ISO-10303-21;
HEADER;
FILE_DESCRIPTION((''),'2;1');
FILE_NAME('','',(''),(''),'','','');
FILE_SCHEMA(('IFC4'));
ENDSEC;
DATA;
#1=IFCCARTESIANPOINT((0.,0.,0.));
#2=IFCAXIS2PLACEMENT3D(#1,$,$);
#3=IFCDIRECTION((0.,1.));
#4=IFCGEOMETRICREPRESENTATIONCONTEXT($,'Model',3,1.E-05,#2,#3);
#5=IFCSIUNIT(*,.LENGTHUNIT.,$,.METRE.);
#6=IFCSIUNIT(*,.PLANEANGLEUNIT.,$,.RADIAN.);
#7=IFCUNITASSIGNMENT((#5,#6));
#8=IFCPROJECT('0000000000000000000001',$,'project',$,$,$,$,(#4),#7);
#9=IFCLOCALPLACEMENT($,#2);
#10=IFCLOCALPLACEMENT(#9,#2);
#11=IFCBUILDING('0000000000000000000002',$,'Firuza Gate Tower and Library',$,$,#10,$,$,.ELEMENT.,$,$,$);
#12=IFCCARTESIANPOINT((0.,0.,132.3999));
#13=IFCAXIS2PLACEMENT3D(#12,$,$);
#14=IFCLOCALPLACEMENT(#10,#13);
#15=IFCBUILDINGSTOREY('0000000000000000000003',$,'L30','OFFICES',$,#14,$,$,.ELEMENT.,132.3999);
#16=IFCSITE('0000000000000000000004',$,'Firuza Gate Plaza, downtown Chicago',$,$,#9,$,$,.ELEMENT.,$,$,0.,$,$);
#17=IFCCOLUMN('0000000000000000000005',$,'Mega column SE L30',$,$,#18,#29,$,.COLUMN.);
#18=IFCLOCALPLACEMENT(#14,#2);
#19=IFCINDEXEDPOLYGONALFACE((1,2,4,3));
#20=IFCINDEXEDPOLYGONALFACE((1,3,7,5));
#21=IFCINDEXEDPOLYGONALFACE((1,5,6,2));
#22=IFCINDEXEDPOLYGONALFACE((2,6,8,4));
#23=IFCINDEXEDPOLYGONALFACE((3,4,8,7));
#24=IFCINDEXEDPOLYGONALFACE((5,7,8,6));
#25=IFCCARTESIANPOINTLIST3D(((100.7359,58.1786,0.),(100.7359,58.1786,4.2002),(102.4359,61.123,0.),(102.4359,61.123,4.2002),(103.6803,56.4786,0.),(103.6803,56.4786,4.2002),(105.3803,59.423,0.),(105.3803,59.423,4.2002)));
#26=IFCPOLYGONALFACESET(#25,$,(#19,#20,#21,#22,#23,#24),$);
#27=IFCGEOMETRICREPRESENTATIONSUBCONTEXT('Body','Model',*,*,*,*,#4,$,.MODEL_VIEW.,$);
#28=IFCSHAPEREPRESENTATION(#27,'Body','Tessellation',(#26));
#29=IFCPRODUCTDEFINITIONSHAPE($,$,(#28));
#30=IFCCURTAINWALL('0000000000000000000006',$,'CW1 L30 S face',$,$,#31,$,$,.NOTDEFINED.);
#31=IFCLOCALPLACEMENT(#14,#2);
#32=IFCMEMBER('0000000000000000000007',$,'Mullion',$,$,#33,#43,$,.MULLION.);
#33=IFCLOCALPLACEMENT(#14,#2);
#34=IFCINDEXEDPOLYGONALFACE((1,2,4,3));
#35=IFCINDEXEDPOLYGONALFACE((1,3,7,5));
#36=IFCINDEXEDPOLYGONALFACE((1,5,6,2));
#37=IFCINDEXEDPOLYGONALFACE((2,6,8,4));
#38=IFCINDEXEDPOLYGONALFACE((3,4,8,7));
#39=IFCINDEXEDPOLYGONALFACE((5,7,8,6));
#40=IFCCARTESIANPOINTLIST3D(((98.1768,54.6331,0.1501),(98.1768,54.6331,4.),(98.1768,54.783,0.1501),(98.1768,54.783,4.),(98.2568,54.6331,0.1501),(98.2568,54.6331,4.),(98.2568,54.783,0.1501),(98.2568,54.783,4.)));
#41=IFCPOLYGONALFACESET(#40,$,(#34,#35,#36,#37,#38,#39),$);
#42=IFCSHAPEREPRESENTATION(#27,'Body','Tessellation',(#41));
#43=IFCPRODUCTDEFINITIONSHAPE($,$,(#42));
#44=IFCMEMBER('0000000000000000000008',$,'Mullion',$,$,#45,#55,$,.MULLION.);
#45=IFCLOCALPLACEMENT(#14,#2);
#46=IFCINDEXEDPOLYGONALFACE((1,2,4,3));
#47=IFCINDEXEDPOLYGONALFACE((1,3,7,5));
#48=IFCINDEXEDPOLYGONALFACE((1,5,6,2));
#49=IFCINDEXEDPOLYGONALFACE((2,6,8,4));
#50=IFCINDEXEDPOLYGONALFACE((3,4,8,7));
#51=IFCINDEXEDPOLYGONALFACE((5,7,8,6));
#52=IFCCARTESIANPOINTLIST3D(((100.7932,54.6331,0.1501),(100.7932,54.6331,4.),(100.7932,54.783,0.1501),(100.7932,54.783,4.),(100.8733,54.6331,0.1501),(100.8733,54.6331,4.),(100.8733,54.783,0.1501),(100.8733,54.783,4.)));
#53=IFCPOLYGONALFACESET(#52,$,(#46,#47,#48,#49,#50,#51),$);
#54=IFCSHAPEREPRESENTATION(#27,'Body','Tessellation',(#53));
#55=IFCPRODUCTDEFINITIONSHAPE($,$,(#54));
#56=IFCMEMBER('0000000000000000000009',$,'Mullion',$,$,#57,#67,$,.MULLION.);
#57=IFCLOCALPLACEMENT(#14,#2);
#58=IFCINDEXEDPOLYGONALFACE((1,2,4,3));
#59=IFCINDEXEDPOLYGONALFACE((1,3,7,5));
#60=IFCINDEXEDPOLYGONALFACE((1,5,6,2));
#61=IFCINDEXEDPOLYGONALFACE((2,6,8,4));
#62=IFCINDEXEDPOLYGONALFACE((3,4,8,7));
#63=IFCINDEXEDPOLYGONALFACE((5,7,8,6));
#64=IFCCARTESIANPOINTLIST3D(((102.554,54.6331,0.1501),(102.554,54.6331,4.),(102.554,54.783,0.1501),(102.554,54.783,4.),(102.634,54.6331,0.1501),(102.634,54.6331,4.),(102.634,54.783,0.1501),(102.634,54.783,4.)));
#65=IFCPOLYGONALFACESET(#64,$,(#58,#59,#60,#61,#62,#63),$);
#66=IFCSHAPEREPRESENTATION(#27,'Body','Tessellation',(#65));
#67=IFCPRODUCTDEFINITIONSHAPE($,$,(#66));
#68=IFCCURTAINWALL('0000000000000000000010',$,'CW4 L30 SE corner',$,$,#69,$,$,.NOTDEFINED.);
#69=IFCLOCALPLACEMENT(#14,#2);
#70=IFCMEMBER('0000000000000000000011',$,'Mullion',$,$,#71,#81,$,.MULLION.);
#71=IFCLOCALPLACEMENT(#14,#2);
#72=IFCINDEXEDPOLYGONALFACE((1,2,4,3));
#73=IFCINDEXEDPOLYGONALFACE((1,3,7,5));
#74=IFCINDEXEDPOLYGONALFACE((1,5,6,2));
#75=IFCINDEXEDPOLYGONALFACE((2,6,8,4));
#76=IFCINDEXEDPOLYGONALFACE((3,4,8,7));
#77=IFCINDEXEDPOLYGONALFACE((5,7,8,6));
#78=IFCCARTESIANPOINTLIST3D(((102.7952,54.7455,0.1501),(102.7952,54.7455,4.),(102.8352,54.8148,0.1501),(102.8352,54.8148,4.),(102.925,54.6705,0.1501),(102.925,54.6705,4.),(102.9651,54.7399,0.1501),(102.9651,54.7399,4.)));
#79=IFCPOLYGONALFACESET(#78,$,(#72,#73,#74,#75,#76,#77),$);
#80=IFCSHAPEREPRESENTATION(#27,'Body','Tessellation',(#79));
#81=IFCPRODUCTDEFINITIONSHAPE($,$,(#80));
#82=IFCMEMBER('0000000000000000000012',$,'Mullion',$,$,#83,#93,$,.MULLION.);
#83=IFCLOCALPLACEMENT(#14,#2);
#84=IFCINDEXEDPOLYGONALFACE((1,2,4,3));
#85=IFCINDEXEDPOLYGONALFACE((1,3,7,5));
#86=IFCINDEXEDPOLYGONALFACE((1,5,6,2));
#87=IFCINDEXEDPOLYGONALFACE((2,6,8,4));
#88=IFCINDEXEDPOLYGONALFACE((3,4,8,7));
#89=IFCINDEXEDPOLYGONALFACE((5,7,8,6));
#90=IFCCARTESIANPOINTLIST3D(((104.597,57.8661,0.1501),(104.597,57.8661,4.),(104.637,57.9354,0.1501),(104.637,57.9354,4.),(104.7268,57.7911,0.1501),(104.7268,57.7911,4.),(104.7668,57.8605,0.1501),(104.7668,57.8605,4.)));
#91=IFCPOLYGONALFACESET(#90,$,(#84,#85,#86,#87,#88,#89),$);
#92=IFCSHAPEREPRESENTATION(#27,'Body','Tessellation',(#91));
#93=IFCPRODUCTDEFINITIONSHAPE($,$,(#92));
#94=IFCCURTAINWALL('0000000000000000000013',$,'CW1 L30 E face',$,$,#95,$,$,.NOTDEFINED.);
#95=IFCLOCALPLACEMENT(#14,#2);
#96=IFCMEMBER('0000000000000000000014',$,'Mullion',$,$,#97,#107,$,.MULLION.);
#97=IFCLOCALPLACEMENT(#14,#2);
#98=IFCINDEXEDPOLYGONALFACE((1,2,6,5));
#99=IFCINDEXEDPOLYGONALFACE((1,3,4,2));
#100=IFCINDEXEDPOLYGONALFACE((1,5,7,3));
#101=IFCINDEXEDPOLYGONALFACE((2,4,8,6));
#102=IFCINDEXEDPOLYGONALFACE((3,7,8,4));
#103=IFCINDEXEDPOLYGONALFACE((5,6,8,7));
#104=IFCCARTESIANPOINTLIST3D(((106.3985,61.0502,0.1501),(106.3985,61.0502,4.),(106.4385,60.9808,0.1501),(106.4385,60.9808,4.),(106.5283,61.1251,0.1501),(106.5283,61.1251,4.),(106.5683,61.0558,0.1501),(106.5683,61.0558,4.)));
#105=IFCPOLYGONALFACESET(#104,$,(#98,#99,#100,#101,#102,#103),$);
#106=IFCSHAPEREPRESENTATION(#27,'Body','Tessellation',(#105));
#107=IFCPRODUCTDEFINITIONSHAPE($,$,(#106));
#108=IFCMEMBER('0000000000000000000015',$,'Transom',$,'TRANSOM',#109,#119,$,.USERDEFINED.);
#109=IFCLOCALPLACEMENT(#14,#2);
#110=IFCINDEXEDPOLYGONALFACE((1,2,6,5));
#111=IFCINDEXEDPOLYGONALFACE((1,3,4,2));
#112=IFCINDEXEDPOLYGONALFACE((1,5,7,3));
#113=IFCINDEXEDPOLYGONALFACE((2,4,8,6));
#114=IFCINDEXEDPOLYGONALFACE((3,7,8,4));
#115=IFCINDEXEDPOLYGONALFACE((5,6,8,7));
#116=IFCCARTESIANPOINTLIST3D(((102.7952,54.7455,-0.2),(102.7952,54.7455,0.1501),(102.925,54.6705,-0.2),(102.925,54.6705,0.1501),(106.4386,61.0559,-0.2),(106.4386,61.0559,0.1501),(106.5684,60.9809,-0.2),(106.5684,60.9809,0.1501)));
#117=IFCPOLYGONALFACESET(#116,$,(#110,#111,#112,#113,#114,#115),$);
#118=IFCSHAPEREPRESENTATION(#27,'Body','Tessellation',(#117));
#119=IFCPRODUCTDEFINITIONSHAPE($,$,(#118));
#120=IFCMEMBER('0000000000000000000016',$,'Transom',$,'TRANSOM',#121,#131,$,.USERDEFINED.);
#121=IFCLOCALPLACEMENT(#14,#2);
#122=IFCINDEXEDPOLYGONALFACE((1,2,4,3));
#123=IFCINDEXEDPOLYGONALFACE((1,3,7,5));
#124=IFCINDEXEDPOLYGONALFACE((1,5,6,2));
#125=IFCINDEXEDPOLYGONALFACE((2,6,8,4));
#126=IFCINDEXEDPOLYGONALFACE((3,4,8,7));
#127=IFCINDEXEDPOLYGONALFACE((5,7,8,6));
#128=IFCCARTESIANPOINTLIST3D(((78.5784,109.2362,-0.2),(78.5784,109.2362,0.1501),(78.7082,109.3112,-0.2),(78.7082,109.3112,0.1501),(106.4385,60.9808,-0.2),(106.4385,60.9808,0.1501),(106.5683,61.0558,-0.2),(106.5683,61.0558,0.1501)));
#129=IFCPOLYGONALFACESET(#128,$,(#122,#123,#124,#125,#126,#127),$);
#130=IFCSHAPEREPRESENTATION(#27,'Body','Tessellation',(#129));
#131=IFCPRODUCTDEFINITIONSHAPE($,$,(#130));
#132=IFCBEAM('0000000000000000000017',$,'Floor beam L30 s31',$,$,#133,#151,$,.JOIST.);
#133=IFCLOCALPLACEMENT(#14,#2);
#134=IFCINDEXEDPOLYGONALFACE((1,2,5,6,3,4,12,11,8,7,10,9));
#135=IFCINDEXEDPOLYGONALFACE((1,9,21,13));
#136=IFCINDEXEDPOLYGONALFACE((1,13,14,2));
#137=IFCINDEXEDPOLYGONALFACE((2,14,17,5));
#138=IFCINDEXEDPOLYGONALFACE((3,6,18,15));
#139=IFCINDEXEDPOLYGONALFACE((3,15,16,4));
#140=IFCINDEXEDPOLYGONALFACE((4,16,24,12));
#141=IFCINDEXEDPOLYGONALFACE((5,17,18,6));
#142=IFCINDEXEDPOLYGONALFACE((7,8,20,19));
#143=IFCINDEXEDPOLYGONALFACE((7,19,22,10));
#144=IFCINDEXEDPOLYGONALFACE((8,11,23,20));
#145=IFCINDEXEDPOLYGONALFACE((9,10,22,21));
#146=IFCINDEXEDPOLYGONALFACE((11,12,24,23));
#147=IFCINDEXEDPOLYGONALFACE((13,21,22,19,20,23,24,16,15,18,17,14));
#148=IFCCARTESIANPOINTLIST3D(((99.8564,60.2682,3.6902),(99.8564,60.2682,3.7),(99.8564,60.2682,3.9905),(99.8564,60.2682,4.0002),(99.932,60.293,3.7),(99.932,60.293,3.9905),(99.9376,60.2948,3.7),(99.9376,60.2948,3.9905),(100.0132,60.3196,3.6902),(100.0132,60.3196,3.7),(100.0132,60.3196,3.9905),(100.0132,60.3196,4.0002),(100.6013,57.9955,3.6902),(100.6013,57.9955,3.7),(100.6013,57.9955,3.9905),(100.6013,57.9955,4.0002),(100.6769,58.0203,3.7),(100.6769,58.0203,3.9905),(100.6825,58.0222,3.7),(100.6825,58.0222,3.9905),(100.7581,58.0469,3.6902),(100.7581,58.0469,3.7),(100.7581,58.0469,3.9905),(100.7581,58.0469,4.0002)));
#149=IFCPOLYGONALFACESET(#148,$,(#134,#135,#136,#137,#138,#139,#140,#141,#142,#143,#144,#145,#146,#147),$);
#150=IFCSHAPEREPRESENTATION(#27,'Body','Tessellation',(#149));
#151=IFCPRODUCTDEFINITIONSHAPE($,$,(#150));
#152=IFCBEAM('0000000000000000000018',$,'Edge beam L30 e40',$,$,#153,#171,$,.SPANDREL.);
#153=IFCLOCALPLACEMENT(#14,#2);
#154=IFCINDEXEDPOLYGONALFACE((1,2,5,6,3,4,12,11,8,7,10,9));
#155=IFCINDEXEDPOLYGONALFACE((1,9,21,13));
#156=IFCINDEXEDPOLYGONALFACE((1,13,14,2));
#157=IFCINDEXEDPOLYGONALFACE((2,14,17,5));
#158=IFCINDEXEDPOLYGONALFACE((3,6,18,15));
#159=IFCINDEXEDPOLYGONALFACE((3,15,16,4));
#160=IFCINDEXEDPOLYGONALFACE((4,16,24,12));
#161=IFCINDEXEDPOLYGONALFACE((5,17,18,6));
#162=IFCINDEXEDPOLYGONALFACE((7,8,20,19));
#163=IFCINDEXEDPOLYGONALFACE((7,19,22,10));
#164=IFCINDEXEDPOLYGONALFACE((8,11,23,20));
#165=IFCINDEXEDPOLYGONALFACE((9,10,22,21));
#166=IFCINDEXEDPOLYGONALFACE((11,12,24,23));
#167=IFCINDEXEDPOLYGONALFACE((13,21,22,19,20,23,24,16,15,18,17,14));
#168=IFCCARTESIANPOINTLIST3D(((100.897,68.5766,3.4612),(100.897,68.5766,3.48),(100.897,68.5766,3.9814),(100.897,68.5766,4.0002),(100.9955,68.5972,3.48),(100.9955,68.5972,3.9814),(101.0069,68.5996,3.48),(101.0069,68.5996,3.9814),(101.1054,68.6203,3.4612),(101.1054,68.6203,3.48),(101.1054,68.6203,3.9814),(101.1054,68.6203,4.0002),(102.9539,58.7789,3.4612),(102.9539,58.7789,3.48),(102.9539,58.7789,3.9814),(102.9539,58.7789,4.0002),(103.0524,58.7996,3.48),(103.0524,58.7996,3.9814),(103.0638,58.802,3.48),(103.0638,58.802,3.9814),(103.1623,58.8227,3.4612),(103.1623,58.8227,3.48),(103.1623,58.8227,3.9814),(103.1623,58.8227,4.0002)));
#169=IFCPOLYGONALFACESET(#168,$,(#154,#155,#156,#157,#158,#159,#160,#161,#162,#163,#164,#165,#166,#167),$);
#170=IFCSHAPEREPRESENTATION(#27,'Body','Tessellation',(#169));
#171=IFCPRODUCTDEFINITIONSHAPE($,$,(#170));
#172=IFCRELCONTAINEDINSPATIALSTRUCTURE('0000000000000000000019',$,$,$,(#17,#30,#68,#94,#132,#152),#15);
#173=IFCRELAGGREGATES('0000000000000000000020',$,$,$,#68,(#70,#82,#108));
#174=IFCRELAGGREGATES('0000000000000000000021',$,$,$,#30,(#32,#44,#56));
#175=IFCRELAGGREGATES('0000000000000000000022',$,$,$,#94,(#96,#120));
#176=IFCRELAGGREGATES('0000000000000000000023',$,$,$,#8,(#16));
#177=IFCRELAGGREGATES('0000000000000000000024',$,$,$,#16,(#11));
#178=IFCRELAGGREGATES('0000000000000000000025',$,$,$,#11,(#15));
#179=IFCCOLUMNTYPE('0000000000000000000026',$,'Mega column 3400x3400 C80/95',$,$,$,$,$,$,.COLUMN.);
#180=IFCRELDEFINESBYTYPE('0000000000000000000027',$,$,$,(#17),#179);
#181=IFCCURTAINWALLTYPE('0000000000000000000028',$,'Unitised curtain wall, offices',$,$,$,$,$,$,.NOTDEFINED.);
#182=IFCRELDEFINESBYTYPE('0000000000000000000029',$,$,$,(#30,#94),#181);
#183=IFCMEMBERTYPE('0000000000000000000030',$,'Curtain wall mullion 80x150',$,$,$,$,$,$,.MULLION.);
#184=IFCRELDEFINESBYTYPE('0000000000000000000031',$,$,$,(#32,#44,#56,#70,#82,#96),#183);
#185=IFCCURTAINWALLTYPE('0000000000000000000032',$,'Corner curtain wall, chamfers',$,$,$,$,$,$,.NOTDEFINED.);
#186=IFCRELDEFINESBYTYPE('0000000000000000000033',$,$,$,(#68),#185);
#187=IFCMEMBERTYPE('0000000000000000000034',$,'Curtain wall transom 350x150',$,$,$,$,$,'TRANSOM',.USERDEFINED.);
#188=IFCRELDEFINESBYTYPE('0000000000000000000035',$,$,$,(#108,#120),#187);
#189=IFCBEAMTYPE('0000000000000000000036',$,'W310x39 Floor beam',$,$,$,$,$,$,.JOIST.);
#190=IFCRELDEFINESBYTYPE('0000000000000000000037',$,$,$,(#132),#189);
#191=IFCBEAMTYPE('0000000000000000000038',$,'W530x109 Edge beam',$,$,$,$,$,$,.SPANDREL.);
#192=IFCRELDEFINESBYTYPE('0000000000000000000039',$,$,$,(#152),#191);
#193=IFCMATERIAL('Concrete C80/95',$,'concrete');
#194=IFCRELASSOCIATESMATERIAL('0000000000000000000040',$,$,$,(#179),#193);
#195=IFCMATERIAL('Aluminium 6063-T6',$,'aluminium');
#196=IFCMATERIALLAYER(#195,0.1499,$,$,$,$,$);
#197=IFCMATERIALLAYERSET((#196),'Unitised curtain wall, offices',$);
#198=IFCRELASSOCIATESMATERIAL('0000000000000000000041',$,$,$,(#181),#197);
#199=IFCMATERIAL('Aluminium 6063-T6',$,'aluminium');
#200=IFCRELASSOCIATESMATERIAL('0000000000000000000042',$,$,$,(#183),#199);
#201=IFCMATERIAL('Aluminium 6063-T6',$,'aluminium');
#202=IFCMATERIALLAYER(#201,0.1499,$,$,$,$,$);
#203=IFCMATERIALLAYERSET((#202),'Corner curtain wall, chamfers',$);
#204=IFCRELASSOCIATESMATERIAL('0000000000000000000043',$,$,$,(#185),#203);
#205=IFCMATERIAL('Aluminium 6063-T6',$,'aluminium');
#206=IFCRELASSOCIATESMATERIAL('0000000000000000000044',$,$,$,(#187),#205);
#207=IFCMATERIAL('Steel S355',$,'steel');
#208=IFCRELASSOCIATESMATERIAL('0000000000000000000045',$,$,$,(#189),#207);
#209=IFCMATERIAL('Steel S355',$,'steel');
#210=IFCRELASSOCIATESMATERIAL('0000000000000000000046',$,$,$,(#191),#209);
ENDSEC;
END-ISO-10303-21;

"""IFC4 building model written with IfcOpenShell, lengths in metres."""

from ifc_helpers import new_model, si_unit, direction, frame, origin, origin_2d, place, context, subcontext, project, spatial, rectangle, i_section, extrude, material, layer, layer_set, material_profile, profile_set, type_object, element, aggregate, save


model = new_model("IFC4")

# Units and contexts
model_context = context("Model", 3, precision=1e-05, world=origin(), true_north=direction((0.0, 1.0)))
body_context = subcontext(model_context, "Body", "Model", "MODEL_VIEW")
ifc_project = project(units=[si_unit("LENGTHUNIT", "METRE"), si_unit("PLANEANGLEUNIT", "RADIAN")], contexts=[model_context])

# Site, building, storey
site_placement = place(None, origin())
site = spatial("IfcSite", under=ifc_project, at=site_placement, Name="Firuza Gate Plaza, downtown Chicago", CompositionType="ELEMENT", RefElevation=0.0)
building_placement = place(site_placement, origin())
building = spatial("IfcBuilding", under=site, at=building_placement, Name="Firuza Gate Tower and Library", CompositionType="ELEMENT")
storey_placement = place(building_placement, frame((0.0, 0.0, 132.3999)))
storey = spatial("IfcBuildingStorey", under=building, at=storey_placement, Name="L30", Description="OFFICES", CompositionType="ELEMENT", Elevation=132.3999)

# Column
ifc_material_1 = material(Name="Concrete C80/95", Category="concrete")
ifc_material_profile_1 = material_profile(ifc_material_1, rectangle(XDim=3.3999, YDim=3.3999, at=origin_2d()))
ifc_profile_set_1 = profile_set([ifc_material_profile_1], Name="Concrete C80/95")
column_type = type_object("IfcColumnType", Name="Mega column 3400x3400 C80/95", PredefinedType="COLUMN", material=ifc_profile_set_1)
column_placement = place(storey_placement, frame((103.0581, 58.8008, 0.0), z_axis=(0.0, 0.0, 1.0), x_axis=(0.5, 0.866025, 0.0)))
element("IfcColumn", 1, at=column_placement, inside=storey, type_object=column_type, Name="Mega column SE L30", PredefinedType="COLUMN", context=body_context, shape_type="SweptSolid", body=[
    extrude(rectangle(XDim=3.3999, YDim=3.3999, at=origin_2d()), origin(), (0.0, 0.0, 1.0), 4.2002),
])

# Curtain walls, members
ifc_material_2 = material(Name="Aluminium 6063-T6", Category="aluminium")
ifc_layer_1 = layer(ifc_material_2, 0.1499)
ifc_layer_set_1 = layer_set([ifc_layer_1], Name="Unitised curtain wall, offices")
curtain_wall_type_1 = type_object("IfcCurtainWallType", Name="Unitised curtain wall, offices", PredefinedType="NOTDEFINED", material=ifc_layer_set_1)
placement = place(storey_placement, origin())
curtain_wall_1 = element("IfcCurtainWall", 2, at=placement, inside=storey, type_object=curtain_wall_type_1, Name="CW1 L30 S face", PredefinedType="NOTDEFINED")
ifc_material_3 = material(Name="Aluminium 6063-T6", Category="aluminium")
ifc_material_profile_2 = material_profile(ifc_material_3, rectangle(XDim=0.1499, YDim=0.0801, at=origin_2d()))
ifc_profile_set_2 = profile_set([ifc_material_profile_2], Name="Aluminium 6063-T6")
member_type_1 = type_object("IfcMemberType", Name="Curtain wall mullion 80x150", PredefinedType="MULLION", material=ifc_profile_set_2)
member_1_placement = place(storey_placement, frame((98.2168, 54.708, 0.1501), z_axis=(0.0, 0.0, 1.0), x_axis=(0.0, 1.0, 0.0)))
member_1 = element("IfcMember", 3, at=member_1_placement, type_object=member_type_1, Name="Mullion", PredefinedType="MULLION", context=body_context, shape_type="SweptSolid", body=[
    extrude(rectangle(XDim=0.1499, YDim=0.0801, at=origin_2d()), origin(), (0.0, 0.0, 1.0), 3.8499),
])
member_2_placement = place(storey_placement, frame((100.8333, 54.708, 0.1501), z_axis=(0.0, 0.0, 1.0), x_axis=(0.0, 1.0, 0.0)))
member_2 = element("IfcMember", 4, at=member_2_placement, type_object=member_type_1, Name="Mullion", PredefinedType="MULLION", context=body_context, shape_type="SweptSolid", body=[
    extrude(rectangle(XDim=0.1499, YDim=0.0801, at=origin_2d()), origin(), (0.0, 0.0, 1.0), 3.8499),
])
member_3_placement = place(storey_placement, frame((102.594, 54.708, 0.1501), z_axis=(0.0, 0.0, 1.0), x_axis=(0.0, 1.0, 0.0)))
member_3 = element("IfcMember", 5, at=member_3_placement, type_object=member_type_1, Name="Mullion", PredefinedType="MULLION", context=body_context, shape_type="SweptSolid", body=[
    extrude(rectangle(XDim=0.1499, YDim=0.0801, at=origin_2d()), origin(), (0.0, 0.0, 1.0), 3.8499),
])
ifc_material_4 = material(Name="Aluminium 6063-T6", Category="aluminium")
ifc_layer_2 = layer(ifc_material_4, 0.1499)
ifc_layer_set_2 = layer_set([ifc_layer_2], Name="Corner curtain wall, chamfers")
curtain_wall_type_2 = type_object("IfcCurtainWallType", Name="Corner curtain wall, chamfers", PredefinedType="NOTDEFINED", material=ifc_layer_set_2)
curtain_wall_2 = element("IfcCurtainWall", 6, at=placement, inside=storey, type_object=curtain_wall_type_2, Name="CW4 L30 SE corner", PredefinedType="NOTDEFINED")
member_4_placement = place(storey_placement, frame((102.8801, 54.7427, 0.1501), z_axis=(0.0, 0.0, 1.0), x_axis=(-0.866025, 0.5, 0.0)))
member_4 = element("IfcMember", 7, at=member_4_placement, type_object=member_type_1, Name="Mullion", PredefinedType="MULLION", context=body_context, shape_type="SweptSolid", body=[
    extrude(rectangle(XDim=0.1499, YDim=0.0801, at=origin_2d()), origin(), (0.0, 0.0, 1.0), 3.8499),
])
member_5_placement = place(storey_placement, frame((104.6819, 57.8633, 0.1501), z_axis=(0.0, 0.0, 1.0), x_axis=(-0.866025, 0.5, 0.0)))
member_5 = element("IfcMember", 8, at=member_5_placement, type_object=member_type_1, Name="Mullion", PredefinedType="MULLION", context=body_context, shape_type="SweptSolid", body=[
    extrude(rectangle(XDim=0.1499, YDim=0.0801, at=origin_2d()), origin(), (0.0, 0.0, 1.0), 3.8499),
])

# Curtain wall, member
curtain_wall_3 = element("IfcCurtainWall", 9, at=placement, inside=storey, type_object=curtain_wall_type_1, Name="CW1 L30 E face", PredefinedType="NOTDEFINED")
member_6_placement = place(storey_placement, frame((106.4834, 61.053, 0.1501), z_axis=(0.0, 0.0, 1.0), x_axis=(-0.866025, -0.5, 0.0)))
member_6 = element("IfcMember", 10, at=member_6_placement, type_object=member_type_1, Name="Mullion", PredefinedType="MULLION", context=body_context, shape_type="SweptSolid", body=[
    extrude(rectangle(XDim=0.1499, YDim=0.0801, at=origin_2d()), origin(), (0.0, 0.0, 1.0), 3.8499),
])

# Members
ifc_material_5 = material(Name="Aluminium 6063-T6", Category="aluminium")
ifc_material_profile_3 = material_profile(ifc_material_5, rectangle(XDim=0.1499, YDim=0.3501, at=origin_2d()))
ifc_profile_set_3 = profile_set([ifc_material_profile_3], Name="Aluminium 6063-T6")
member_type_2 = type_object("IfcMemberType", Name="Curtain wall transom 350x150", ElementType="TRANSOM", PredefinedType="USERDEFINED", material=ifc_profile_set_3)
member_7_placement = place(storey_placement, frame((102.8601, 54.708, -0.0249), z_axis=(0.500006, 0.866022, 0.0), x_axis=(-0.866022, 0.500006, 0.0)))
member_7 = element("IfcMember", 11, at=member_7_placement, type_object=member_type_2, Name="Transom", ObjectType="TRANSOM", PredefinedType="USERDEFINED", context=body_context, shape_type="SweptSolid", body=[
    extrude(rectangle(XDim=0.1499, YDim=0.3501, at=origin_2d()), origin(), (0.0, 0.0, 1.0), 7.2866),
])
member_8_placement = place(storey_placement, frame((106.5034, 61.0183, -0.0249), z_axis=(-0.499998, 0.866027, 0.0), x_axis=(-0.866027, -0.499998, 0.0)))
member_8 = element("IfcMember", 12, at=member_8_placement, type_object=member_type_2, Name="Transom", ObjectType="TRANSOM", PredefinedType="USERDEFINED", context=body_context, shape_type="SweptSolid", body=[
    extrude(rectangle(XDim=0.1499, YDim=0.3501, at=origin_2d()), origin(), (0.0, 0.0, 1.0), 55.7205),
])

# Beams
ifc_material_6 = material(Name="Steel S355", Category="steel")
ifc_material_profile_4 = material_profile(ifc_material_6, i_section(OverallWidth=0.165, OverallDepth=0.3101, WebThickness=0.0059, FlangeThickness=0.0098, at=origin_2d()))
ifc_profile_set_4 = profile_set([ifc_material_profile_4], Name="Steel S355")
beam_type_1 = type_object("IfcBeamType", Name="W310x39 Floor beam", PredefinedType="JOIST", material=ifc_profile_set_4)
beam_1_placement = place(storey_placement, frame((100.6797, 58.0212, 3.8452), z_axis=(-0.311446, 0.950264, 0.0), x_axis=(-0.950264, -0.311446, 0.0)))
element("IfcBeam", 13, at=beam_1_placement, inside=storey, type_object=beam_type_1, Name="Floor beam L30 s31", PredefinedType="JOIST", context=body_context, shape_type="SweptSolid", body=[
    extrude(i_section(OverallWidth=0.165, OverallDepth=0.3101, WebThickness=0.0059, FlangeThickness=0.0098, at=origin_2d()), origin(), (0.0, 0.0, 1.0), 2.3916),
])
ifc_material_7 = material(Name="Steel S355", Category="steel")
ifc_material_profile_5 = material_profile(ifc_material_7, i_section(OverallWidth=0.2129, OverallDepth=0.5391, WebThickness=0.0117, FlangeThickness=0.0188, at=origin_2d()))
ifc_profile_set_5 = profile_set([ifc_material_profile_5], Name="Steel S355")
beam_type_2 = type_object("IfcBeamType", Name="W530x109 Edge beam", PredefinedType="SPANDREL", material=ifc_profile_set_5)
beam_2_placement = place(storey_placement, frame((103.0581, 58.8008, 3.7307), z_axis=(-0.205459, 0.978666, 0.0), x_axis=(-0.978666, -0.205459, 0.0)))
element("IfcBeam", 14, at=beam_2_placement, inside=storey, type_object=beam_type_2, Name="Edge beam L30 e40", PredefinedType="SPANDREL", context=body_context, shape_type="SweptSolid", body=[
    extrude(i_section(OverallWidth=0.2129, OverallDepth=0.5391, WebThickness=0.0117, FlangeThickness=0.0188, at=origin_2d()), origin(), (0.0, 0.0, 1.0), 10.0112),
])

aggregate(curtain_wall_2, [member_4, member_5, member_7])
aggregate(curtain_wall_1, [member_1, member_2, member_3])
aggregate(curtain_wall_3, [member_6, member_8])

save(model, "model.ifc")
